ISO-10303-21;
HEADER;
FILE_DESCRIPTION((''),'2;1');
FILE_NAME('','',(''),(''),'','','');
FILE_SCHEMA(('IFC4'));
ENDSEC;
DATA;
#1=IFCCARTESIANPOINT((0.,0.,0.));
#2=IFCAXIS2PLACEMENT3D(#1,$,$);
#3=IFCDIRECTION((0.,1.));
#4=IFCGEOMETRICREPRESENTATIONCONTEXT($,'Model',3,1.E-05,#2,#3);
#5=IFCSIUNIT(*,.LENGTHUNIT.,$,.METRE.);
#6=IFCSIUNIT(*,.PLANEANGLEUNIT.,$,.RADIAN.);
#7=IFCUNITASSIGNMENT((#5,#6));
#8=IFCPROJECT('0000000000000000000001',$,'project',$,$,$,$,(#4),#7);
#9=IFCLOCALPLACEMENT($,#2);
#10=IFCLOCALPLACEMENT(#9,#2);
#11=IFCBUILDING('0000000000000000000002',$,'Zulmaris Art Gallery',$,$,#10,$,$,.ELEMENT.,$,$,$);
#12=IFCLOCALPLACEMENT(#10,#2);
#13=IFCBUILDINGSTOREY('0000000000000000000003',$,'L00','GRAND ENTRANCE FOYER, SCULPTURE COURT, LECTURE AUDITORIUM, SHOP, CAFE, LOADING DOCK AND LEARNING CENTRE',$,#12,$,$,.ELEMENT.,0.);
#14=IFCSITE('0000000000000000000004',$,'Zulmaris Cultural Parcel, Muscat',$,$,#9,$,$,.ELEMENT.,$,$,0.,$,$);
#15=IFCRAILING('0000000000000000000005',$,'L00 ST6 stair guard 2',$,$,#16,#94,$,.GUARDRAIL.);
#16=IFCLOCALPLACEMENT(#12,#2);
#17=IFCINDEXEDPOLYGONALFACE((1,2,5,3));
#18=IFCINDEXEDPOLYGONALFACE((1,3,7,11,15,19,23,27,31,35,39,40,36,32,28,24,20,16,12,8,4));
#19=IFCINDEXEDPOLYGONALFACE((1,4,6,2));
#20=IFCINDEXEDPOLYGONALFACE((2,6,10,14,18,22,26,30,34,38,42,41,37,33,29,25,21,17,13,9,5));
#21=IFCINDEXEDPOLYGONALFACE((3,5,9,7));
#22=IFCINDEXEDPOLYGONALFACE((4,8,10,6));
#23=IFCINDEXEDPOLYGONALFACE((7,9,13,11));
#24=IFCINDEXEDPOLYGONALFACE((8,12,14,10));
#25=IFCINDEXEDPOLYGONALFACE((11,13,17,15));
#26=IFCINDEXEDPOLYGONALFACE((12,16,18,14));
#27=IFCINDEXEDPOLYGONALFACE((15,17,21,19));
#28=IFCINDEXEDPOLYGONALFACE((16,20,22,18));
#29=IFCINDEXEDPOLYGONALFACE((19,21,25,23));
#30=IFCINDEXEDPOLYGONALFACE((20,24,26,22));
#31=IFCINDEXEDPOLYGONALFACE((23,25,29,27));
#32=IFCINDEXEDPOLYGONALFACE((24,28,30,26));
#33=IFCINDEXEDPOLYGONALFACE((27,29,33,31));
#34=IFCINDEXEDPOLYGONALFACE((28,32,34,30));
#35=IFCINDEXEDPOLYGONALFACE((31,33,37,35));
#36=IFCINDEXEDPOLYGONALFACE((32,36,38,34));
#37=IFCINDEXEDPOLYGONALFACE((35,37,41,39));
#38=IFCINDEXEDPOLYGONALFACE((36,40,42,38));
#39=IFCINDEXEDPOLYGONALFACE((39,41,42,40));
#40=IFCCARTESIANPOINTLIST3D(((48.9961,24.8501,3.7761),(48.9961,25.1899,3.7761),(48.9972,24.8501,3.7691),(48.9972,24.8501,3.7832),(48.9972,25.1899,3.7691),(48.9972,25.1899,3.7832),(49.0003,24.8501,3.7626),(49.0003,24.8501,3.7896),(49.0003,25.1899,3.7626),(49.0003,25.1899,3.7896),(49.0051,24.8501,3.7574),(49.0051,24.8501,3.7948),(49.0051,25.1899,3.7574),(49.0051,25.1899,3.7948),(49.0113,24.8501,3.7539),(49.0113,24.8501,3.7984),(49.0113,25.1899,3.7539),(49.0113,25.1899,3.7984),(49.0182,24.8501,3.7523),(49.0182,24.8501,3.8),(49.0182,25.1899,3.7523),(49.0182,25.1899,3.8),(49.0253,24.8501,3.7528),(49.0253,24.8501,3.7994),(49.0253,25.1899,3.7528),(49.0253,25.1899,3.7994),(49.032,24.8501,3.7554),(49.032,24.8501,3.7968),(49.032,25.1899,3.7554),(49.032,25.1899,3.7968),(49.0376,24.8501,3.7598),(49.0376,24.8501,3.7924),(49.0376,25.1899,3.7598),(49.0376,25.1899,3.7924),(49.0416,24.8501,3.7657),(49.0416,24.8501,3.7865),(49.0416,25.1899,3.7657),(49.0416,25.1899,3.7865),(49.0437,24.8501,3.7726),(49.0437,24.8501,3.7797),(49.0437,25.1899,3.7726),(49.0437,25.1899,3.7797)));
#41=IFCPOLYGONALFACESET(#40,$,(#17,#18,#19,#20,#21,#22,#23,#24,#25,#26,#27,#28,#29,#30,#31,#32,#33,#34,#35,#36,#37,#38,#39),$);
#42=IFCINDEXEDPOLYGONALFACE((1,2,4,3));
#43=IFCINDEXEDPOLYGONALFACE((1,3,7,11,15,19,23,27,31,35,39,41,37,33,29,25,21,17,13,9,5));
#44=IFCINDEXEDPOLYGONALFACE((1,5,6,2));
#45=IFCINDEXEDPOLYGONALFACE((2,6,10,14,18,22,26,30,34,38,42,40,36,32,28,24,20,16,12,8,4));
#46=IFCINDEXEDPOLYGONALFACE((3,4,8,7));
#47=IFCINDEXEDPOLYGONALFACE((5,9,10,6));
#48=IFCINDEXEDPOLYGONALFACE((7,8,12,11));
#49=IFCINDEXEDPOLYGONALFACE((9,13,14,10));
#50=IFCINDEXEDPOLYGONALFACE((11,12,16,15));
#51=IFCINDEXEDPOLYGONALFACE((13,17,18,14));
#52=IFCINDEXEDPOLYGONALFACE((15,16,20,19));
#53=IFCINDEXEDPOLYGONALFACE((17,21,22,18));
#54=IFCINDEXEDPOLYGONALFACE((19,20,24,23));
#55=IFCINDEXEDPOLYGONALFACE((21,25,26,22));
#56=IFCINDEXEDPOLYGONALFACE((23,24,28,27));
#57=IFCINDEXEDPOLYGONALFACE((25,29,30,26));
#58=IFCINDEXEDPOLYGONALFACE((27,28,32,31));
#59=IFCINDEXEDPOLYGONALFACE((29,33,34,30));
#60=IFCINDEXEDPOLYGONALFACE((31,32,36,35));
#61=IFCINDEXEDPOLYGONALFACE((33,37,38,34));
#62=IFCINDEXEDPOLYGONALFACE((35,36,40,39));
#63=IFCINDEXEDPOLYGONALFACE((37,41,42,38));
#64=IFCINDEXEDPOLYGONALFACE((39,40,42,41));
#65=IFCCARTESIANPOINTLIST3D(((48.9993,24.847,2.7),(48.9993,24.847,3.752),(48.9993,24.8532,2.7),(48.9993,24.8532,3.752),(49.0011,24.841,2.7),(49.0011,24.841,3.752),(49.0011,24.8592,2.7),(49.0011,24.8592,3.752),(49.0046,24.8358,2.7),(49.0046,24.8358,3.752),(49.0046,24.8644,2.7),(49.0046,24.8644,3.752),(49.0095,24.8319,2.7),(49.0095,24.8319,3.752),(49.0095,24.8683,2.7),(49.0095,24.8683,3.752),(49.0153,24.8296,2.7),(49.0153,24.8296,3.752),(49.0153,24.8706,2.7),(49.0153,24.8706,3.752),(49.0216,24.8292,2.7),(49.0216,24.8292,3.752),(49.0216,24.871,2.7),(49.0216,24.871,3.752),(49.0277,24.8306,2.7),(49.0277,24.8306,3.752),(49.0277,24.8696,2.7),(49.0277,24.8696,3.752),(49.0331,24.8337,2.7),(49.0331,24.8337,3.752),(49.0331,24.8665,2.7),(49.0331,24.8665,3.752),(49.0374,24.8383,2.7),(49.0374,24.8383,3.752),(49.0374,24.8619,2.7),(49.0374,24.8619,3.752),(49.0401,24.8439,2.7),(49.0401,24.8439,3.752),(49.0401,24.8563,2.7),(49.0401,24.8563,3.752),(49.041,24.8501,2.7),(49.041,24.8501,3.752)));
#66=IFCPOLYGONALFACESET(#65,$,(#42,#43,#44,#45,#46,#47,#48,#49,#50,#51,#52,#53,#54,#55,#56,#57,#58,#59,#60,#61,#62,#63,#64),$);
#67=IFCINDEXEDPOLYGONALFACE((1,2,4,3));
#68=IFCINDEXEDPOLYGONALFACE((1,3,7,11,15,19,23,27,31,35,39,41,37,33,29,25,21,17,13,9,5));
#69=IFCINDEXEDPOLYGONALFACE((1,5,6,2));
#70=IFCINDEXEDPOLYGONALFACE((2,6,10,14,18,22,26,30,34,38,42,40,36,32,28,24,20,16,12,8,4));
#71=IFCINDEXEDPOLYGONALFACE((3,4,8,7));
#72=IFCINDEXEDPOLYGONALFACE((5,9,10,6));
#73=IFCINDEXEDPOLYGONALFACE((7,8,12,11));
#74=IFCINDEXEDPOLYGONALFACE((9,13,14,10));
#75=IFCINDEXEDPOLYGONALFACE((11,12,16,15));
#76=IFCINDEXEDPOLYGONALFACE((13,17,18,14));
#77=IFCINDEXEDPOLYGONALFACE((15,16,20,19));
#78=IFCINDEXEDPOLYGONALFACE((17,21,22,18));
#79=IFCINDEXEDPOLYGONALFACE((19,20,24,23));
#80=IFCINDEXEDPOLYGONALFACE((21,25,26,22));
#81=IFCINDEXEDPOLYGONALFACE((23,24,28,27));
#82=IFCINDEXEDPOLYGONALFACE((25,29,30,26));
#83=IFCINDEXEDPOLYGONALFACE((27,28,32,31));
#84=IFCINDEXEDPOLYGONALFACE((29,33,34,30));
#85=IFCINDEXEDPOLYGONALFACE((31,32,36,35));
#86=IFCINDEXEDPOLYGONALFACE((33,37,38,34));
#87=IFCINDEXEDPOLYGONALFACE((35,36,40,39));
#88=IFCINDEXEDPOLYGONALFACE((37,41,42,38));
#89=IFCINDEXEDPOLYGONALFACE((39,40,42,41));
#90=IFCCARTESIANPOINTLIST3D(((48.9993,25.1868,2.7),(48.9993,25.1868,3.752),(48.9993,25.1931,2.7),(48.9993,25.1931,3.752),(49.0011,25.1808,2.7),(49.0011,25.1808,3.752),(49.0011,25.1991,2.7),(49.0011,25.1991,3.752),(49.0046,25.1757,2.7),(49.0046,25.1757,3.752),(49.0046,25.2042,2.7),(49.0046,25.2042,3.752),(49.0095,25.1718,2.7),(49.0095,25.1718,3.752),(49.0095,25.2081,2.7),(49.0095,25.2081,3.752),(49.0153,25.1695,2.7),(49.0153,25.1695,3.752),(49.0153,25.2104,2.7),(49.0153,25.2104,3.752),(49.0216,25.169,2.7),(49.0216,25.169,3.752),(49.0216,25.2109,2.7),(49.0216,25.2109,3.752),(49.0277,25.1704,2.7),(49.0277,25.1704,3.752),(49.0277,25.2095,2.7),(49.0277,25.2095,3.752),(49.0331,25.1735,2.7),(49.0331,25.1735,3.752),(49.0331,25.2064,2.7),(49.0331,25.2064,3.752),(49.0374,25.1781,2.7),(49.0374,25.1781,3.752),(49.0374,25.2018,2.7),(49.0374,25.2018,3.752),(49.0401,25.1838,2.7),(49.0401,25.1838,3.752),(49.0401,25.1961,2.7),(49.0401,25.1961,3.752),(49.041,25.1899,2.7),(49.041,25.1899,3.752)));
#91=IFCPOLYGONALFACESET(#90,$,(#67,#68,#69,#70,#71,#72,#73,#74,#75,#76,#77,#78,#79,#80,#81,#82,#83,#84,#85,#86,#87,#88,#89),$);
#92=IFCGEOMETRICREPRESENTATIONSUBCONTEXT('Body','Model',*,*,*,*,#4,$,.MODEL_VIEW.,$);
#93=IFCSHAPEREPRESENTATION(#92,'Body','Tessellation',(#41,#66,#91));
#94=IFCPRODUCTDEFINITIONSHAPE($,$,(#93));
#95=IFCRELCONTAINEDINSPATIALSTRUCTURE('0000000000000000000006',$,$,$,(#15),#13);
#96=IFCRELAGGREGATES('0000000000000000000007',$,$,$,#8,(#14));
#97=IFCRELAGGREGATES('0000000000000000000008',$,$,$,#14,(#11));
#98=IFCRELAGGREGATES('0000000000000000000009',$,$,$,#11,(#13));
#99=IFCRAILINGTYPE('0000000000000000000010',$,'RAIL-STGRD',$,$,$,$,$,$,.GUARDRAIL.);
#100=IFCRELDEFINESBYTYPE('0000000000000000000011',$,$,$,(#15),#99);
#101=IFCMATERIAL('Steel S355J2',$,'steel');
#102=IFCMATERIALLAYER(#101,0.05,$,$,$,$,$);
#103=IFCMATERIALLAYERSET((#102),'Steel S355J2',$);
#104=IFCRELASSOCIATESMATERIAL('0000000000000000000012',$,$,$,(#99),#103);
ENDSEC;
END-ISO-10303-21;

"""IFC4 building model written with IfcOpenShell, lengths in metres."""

from ifc_helpers import new_model, si_unit, direction, frame, origin, origin_2d, place, context, subcontext, project, spatial, circle, extrude, material, layer, layer_set, type_object, element, save


model = new_model("IFC4")

# Units and contexts
model_context = context("Model", 3, precision=1e-05, world=origin(), true_north=direction((0.0, 1.0)))
body_context = subcontext(model_context, "Body", "Model", "MODEL_VIEW")
ifc_project = project(units=[si_unit("LENGTHUNIT", "METRE"), si_unit("PLANEANGLEUNIT", "RADIAN")], contexts=[model_context])

# Site, building, storey
site_placement = place(None, origin())
site = spatial("IfcSite", under=ifc_project, at=site_placement, Name="Zulmaris Cultural Parcel, Muscat", CompositionType="ELEMENT", RefElevation=0.0)
building_placement = place(site_placement, origin())
building = spatial("IfcBuilding", under=site, at=building_placement, Name="Zulmaris Art Gallery", CompositionType="ELEMENT")
storey_placement = place(building_placement, origin())
storey = spatial("IfcBuildingStorey", under=building, at=storey_placement, Name="L00", Description="GRAND ENTRANCE FOYER, SCULPTURE COURT, LECTURE AUDITORIUM, SHOP, CAFE, LOADING DOCK AND LEARNING CENTRE", CompositionType="ELEMENT", Elevation=0.0)

# Shared definitions
ifc_material_1 = material(Name="Steel S355J2", Category="steel")

# Railing
ifc_layer_1 = layer(ifc_material_1, 0.05)
ifc_layer_set_1 = layer_set([ifc_layer_1], Name="Steel S355J2")
railing_type_1 = type_object("IfcRailingType", Name="RAIL-STGRD", PredefinedType="GUARDRAIL", material=ifc_layer_set_1)
railing_1_placement = place(storey_placement, frame((49.02, 24.8501, 2.7)))
element("IfcRailing", 1, at=railing_1_placement, inside=storey, type_object=railing_type_1, Name="L00 ST6 stair guard 2", PredefinedType="GUARDRAIL", context=body_context, shape_type="SweptSolid", body=[
    extrude(circle(Radius=0.0239, at=origin_2d()), frame((0.0, 0.0, 1.0762), z_axis=(0.0, 1.0, 0.0), x_axis=(-1.0, 0.0, 0.0)), (0.0, 0.0, 1.0), 0.3398),
    extrude(circle(Radius=0.021, at=origin_2d()), origin(), (0.0, 0.0, 1.0), 1.052),
    extrude(circle(Radius=0.021, at=origin_2d()), frame((0.0, 0.3398, 0.0)), (0.0, 0.0, 1.0), 1.052),
])

save(model, "model.ifc")
